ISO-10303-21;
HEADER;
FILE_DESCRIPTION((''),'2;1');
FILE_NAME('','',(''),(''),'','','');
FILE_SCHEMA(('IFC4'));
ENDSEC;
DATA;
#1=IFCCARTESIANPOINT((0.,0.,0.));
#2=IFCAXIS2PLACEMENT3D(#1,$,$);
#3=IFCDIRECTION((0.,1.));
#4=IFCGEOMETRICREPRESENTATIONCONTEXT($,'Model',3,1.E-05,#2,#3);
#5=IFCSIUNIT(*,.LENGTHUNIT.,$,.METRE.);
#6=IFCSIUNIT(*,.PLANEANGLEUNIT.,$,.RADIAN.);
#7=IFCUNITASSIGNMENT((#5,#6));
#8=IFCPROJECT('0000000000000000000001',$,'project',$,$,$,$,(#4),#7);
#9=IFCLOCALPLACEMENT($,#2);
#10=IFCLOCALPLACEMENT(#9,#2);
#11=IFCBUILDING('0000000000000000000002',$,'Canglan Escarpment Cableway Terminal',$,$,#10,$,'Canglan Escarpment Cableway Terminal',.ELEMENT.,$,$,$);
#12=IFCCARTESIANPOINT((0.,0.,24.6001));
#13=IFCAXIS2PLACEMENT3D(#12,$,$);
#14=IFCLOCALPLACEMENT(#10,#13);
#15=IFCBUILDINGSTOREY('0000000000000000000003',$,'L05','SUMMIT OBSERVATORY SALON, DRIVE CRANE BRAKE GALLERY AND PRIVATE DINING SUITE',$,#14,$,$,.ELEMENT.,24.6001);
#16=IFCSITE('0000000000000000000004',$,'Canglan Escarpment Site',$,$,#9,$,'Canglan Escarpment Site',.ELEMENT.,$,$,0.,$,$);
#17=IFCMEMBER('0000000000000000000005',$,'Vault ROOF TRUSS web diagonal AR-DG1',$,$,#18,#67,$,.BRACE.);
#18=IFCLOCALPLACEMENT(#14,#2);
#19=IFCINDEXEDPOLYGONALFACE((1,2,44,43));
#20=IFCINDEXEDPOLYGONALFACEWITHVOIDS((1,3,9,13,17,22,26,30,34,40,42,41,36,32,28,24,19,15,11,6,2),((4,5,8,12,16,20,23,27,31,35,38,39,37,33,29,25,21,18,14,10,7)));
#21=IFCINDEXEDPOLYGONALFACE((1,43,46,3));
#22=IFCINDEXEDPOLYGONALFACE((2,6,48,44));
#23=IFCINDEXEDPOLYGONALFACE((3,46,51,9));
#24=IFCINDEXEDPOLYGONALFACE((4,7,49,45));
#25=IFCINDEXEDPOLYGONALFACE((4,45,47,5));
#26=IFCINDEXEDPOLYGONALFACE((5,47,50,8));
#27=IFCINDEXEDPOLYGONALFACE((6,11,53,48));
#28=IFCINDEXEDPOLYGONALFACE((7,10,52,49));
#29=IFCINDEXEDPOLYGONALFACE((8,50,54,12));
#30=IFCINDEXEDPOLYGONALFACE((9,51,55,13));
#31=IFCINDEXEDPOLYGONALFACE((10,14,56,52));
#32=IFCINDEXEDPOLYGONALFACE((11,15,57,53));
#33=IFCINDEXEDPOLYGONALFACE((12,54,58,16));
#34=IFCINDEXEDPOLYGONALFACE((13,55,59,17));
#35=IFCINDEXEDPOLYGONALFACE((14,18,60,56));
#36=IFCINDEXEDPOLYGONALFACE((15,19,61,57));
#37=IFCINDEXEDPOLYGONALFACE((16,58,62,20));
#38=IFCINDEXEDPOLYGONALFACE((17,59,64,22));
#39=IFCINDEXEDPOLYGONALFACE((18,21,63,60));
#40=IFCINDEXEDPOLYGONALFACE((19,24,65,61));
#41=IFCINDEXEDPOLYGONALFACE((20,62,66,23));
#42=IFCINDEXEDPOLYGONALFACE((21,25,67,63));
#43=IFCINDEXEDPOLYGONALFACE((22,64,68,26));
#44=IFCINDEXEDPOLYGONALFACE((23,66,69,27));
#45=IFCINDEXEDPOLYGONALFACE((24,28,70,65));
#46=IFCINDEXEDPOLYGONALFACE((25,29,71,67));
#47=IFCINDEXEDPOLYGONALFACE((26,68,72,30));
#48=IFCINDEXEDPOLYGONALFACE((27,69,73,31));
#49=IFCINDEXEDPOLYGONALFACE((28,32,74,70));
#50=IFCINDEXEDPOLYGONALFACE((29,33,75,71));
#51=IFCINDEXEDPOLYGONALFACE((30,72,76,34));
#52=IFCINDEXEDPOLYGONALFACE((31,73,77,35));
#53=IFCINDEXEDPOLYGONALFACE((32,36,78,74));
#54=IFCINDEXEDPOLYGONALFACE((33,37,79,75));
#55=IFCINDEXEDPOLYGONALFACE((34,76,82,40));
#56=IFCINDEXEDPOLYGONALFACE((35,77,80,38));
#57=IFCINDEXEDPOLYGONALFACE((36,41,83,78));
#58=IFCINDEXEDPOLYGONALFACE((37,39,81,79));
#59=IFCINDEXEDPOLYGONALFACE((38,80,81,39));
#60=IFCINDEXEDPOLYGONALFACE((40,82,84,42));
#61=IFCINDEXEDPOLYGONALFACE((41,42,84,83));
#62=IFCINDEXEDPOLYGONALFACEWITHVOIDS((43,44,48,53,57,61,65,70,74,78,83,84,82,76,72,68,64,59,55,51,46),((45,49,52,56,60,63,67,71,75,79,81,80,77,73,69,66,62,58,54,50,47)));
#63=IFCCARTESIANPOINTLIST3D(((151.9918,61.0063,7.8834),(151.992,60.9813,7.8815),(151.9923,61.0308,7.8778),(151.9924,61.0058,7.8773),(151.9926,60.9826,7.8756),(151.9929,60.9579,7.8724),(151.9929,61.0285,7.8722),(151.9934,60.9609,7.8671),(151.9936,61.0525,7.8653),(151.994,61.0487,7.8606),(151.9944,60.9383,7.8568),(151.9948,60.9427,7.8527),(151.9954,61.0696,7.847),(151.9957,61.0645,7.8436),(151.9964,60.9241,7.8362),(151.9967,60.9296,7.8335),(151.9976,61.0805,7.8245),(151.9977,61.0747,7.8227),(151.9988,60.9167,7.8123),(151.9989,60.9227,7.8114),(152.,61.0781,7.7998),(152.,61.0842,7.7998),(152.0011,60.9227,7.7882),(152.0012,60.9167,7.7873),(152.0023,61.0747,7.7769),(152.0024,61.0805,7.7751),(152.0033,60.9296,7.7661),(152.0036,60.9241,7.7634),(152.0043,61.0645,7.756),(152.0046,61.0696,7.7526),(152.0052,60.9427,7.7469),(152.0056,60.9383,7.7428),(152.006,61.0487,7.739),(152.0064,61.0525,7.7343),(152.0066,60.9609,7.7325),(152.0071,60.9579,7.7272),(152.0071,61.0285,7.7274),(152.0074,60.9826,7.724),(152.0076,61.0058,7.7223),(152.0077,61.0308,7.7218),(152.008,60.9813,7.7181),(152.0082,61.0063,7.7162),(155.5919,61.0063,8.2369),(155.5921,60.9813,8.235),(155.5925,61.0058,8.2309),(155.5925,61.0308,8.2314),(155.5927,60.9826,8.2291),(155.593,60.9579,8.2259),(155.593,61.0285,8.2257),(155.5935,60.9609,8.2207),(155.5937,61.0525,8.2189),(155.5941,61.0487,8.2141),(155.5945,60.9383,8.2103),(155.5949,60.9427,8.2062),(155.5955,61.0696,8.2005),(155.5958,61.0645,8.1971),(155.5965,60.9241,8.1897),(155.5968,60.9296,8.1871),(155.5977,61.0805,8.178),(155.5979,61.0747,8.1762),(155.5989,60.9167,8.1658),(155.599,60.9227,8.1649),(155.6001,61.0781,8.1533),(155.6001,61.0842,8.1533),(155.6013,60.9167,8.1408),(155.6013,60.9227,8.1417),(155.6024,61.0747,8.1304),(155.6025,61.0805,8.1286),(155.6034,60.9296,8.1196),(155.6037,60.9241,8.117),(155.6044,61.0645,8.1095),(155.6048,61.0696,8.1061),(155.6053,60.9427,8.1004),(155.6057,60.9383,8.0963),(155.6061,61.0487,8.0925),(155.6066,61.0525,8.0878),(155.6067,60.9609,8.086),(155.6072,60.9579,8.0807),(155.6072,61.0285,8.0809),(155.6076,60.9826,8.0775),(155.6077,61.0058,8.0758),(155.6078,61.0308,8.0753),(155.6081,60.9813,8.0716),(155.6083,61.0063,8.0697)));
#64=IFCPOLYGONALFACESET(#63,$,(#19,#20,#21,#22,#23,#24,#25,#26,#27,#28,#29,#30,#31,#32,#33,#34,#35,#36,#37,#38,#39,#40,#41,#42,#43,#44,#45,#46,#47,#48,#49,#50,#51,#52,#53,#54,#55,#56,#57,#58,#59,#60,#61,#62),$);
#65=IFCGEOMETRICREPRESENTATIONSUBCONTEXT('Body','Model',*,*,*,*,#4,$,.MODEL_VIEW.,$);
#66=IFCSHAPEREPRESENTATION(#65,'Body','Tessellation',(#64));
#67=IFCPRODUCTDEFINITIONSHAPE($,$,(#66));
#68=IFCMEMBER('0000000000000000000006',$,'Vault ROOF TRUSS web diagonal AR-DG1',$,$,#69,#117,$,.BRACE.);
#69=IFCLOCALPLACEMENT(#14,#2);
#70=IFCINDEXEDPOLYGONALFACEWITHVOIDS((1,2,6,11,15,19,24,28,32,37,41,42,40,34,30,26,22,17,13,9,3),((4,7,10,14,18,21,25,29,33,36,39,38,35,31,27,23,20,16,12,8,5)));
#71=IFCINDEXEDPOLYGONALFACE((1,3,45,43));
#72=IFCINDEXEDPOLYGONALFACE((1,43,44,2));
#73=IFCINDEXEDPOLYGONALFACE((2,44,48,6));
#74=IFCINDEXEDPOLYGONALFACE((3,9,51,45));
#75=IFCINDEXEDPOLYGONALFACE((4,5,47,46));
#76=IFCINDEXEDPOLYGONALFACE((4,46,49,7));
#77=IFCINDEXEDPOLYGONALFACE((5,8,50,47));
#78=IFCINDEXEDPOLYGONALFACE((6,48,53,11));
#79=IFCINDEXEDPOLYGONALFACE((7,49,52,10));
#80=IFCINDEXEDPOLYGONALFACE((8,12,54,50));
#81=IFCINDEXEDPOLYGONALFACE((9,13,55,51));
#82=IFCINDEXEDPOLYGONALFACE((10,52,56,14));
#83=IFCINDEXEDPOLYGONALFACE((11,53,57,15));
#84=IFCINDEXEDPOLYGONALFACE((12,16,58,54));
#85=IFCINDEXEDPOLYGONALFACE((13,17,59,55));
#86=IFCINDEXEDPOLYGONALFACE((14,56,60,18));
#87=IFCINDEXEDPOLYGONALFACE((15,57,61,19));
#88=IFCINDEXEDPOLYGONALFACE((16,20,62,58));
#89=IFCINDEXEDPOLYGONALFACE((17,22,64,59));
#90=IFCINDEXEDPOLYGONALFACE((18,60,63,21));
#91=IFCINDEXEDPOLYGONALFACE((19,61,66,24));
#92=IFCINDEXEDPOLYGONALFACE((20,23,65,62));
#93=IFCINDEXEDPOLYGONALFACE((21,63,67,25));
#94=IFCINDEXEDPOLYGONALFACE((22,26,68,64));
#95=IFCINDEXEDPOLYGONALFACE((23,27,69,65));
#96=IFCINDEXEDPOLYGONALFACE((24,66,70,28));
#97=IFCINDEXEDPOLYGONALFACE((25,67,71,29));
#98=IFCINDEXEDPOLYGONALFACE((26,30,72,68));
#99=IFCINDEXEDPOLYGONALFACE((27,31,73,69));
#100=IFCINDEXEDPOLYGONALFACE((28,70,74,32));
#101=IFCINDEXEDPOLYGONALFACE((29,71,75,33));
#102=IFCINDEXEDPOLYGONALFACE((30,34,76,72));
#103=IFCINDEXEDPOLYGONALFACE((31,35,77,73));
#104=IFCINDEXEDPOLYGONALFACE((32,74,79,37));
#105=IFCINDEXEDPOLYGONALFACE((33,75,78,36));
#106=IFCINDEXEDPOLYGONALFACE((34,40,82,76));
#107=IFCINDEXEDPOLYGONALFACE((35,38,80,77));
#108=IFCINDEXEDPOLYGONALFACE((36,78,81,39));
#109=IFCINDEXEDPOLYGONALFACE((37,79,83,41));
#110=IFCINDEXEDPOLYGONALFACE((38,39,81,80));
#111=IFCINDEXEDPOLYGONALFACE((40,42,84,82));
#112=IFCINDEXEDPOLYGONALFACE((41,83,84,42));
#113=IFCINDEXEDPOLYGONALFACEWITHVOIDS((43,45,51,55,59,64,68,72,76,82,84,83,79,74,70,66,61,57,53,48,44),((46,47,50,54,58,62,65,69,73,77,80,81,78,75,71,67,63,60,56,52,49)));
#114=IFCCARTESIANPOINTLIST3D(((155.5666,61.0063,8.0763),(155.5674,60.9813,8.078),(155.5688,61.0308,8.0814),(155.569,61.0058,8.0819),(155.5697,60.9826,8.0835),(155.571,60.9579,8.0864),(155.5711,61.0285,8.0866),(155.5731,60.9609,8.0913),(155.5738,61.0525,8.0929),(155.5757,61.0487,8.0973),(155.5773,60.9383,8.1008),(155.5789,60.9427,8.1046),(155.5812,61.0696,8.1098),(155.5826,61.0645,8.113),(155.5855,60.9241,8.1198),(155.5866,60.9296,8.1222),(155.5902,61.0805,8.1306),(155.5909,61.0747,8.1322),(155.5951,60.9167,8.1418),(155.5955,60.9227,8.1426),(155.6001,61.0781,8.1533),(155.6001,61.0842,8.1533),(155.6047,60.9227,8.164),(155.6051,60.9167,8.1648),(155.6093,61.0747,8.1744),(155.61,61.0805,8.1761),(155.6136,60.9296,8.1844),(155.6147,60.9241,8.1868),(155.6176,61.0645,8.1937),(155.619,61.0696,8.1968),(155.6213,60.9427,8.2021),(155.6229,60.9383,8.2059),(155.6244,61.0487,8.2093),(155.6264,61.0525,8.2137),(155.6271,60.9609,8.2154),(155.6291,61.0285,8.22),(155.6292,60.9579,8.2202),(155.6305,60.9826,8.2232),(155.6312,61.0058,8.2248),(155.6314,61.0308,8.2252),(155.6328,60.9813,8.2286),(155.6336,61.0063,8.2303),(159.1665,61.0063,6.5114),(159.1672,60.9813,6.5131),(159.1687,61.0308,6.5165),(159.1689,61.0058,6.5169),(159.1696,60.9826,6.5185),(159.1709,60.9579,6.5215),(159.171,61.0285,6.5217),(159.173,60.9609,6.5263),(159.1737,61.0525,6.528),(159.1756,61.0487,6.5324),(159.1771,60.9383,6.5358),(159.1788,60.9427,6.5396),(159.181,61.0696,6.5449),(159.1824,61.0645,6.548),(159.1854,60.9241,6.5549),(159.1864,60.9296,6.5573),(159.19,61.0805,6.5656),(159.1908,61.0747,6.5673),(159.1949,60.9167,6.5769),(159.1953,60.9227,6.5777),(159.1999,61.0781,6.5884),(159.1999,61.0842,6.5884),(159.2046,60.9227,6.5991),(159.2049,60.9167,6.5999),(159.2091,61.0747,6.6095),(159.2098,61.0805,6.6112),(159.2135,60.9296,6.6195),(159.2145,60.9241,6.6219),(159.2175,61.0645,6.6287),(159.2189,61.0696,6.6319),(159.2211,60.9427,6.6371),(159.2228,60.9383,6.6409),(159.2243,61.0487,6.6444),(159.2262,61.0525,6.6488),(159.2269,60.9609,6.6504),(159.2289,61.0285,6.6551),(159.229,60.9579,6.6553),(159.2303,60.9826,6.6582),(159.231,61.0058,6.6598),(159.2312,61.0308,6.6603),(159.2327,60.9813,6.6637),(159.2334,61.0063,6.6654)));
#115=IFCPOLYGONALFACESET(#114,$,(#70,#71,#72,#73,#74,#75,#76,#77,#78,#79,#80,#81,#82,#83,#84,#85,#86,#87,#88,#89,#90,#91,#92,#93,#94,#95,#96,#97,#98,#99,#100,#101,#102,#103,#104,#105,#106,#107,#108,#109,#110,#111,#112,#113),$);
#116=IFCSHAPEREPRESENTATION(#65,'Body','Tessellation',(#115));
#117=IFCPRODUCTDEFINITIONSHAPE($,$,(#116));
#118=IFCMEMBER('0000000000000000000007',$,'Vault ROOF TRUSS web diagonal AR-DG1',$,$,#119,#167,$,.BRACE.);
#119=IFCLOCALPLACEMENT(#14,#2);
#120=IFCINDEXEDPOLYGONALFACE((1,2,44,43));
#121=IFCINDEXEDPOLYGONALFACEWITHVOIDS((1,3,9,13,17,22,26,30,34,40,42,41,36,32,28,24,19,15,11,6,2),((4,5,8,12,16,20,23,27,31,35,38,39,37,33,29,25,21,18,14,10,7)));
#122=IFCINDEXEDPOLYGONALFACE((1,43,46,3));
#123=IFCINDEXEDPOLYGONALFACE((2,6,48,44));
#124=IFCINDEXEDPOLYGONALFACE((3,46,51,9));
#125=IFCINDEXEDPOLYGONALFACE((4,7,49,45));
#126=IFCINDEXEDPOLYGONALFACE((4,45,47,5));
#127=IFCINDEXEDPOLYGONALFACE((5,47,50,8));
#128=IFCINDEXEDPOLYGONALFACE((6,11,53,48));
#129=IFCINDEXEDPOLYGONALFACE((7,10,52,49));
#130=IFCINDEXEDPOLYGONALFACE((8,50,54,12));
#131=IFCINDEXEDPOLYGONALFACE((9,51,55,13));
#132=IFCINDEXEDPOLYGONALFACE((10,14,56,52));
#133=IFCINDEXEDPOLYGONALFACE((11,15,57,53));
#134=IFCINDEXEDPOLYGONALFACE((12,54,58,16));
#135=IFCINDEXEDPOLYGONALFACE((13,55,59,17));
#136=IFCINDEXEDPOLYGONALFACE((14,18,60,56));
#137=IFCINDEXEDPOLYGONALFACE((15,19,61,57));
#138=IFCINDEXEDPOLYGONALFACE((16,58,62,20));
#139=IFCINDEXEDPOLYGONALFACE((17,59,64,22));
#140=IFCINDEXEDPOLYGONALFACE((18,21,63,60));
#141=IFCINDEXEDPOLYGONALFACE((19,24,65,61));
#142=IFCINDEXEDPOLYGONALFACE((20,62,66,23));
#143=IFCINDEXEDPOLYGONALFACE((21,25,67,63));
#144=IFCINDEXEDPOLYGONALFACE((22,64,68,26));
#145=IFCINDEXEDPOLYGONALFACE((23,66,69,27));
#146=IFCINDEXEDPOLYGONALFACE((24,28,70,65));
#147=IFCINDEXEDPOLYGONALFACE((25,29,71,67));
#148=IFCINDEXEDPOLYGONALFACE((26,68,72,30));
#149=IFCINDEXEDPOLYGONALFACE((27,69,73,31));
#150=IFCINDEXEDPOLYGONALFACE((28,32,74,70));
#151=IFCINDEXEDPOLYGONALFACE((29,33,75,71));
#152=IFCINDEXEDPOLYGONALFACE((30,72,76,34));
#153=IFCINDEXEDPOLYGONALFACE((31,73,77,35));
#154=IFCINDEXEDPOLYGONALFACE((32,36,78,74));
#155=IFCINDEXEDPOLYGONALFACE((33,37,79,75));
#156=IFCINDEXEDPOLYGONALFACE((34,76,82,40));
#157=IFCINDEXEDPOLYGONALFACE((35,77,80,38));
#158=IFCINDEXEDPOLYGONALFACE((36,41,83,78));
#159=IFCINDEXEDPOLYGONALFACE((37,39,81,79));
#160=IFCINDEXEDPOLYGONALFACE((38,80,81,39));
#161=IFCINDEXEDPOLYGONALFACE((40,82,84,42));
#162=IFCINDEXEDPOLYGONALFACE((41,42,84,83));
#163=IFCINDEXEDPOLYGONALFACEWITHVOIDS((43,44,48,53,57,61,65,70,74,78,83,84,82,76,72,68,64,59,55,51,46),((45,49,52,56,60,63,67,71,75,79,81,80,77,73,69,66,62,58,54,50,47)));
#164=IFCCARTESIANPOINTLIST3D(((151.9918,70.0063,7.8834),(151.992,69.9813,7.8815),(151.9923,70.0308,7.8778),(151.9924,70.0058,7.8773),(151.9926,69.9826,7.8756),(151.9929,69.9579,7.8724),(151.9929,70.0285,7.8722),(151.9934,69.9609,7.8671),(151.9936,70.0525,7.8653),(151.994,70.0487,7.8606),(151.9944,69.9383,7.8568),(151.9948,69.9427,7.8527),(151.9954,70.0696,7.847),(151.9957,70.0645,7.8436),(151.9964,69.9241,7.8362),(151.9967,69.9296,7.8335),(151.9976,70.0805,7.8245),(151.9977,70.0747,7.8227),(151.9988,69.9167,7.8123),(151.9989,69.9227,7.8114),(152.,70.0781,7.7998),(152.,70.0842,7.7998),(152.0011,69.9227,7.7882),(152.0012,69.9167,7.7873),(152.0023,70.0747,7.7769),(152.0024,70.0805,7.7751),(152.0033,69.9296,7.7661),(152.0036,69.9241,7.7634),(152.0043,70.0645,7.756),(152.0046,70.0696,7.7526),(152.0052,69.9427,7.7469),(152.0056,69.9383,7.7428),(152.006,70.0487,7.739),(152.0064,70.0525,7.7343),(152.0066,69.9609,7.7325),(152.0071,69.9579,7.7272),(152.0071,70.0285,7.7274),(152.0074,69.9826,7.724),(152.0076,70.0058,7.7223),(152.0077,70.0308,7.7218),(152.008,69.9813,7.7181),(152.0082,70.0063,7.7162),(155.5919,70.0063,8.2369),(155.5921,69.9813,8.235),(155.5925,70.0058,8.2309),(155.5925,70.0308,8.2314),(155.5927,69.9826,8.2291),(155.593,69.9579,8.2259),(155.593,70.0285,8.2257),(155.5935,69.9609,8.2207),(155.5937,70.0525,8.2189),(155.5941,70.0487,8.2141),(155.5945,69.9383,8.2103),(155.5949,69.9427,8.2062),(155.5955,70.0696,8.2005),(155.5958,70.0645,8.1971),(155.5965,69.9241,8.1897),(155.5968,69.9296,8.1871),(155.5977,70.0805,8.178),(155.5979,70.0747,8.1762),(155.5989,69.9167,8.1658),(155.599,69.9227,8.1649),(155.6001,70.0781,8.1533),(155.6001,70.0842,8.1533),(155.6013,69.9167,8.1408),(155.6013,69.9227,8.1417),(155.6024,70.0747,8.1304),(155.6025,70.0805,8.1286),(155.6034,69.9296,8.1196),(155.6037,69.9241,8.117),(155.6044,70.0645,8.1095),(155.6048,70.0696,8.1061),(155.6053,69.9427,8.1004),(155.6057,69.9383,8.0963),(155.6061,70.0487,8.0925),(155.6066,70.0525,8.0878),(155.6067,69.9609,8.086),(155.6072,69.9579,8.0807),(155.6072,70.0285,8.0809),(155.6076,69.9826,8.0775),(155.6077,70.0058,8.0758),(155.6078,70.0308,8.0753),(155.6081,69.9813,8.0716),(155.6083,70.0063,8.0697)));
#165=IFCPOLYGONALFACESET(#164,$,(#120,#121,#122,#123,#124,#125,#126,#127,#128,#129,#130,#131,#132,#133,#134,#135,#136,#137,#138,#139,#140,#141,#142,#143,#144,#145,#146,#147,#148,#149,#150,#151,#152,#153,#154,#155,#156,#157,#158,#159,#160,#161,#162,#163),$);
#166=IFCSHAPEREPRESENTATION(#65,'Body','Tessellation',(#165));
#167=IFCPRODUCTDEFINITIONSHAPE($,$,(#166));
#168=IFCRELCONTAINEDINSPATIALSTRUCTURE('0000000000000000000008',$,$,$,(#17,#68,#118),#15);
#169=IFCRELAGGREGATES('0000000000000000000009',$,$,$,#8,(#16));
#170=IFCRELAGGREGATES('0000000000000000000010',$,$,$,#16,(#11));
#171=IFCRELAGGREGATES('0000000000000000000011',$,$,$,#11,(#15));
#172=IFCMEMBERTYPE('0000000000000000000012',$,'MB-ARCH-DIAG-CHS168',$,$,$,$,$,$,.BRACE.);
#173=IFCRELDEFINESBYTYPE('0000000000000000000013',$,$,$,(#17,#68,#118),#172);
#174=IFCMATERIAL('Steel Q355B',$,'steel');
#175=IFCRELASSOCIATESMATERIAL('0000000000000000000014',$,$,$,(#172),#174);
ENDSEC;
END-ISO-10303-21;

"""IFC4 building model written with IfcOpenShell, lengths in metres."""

from ifc_helpers import new_model, si_unit, direction, frame, origin, origin_2d, place, context, subcontext, project, spatial, hollow_circle, extrude, material, material_profile, profile_set, type_object, element, save


model = new_model("IFC4")

# Units and contexts
model_context = context("Model", 3, precision=1e-05, world=origin(), true_north=direction((0.0, 1.0)))
body_context = subcontext(model_context, "Body", "Model", "MODEL_VIEW")
ifc_project = project(units=[si_unit("LENGTHUNIT", "METRE"), si_unit("PLANEANGLEUNIT", "RADIAN")], contexts=[model_context])

# Site, building, storey
site_placement = place(None, origin())
site = spatial("IfcSite", under=ifc_project, at=site_placement, Name="Canglan Escarpment Site", LongName="Canglan Escarpment Site", CompositionType="ELEMENT", RefElevation=0.0)
building_placement = place(site_placement, origin())
building = spatial("IfcBuilding", under=site, at=building_placement, Name="Canglan Escarpment Cableway Terminal", LongName="Canglan Escarpment Cableway Terminal", CompositionType="ELEMENT")
storey_placement = place(building_placement, frame((0.0, 0.0, 24.6001)))
storey = spatial("IfcBuildingStorey", under=building, at=storey_placement, Name="L05", Description="SUMMIT OBSERVATORY SALON, DRIVE CRANE BRAKE GALLERY AND PRIVATE DINING SUITE", CompositionType="ELEMENT", Elevation=24.6001)

# Shared definitions
ifc_material = material(Name="Steel Q355B", Category="steel")

# Members
ifc_material_profile_1 = material_profile(ifc_material, hollow_circle(Radius=0.0842, WallThickness=0.0061, at=origin_2d()), Name="CHS 168.3x6")
ifc_profile_set_1 = profile_set([ifc_material_profile_1], Name="Steel Q355B")
member_type_1 = type_object("IfcMemberType", Name="MB-ARCH-DIAG-CHS168", PredefinedType="BRACE", material=ifc_profile_set_1)
member_1_placement = place(storey_placement, frame((152.0, 61.0, 7.7998), z_axis=(0.995213, 0.0, 0.097726), x_axis=(0.0, 1.0, 0.0)))
element("IfcMember", 1, at=member_1_placement, inside=storey, type_object=member_type_1, Name="Vault ROOF TRUSS web diagonal AR-DG1", PredefinedType="BRACE", context=body_context, shape_type="SweptSolid", body=[
    extrude(hollow_circle(Radius=0.0842, WallThickness=0.0061, at=origin_2d()), origin(), (0.0, 0.0, 1.0), 3.6174),
])
member_2_placement = place(storey_placement, frame((155.6001, 61.0, 8.1533), z_axis=(0.91709, 0.0, -0.398681), x_axis=(0.0, 1.0, 0.0)))
element("IfcMember", 2, at=member_2_placement, inside=storey, type_object=member_type_1, Name="Vault ROOF TRUSS web diagonal AR-DG1", PredefinedType="BRACE", context=body_context, shape_type="SweptSolid", body=[
    extrude(hollow_circle(Radius=0.0842, WallThickness=0.0061, at=origin_2d()), origin(), (0.0, 0.0, 1.0), 3.9253),
])
member_3_placement = place(storey_placement, frame((152.0, 70.0, 7.7998), z_axis=(0.995213, 0.0, 0.097726), x_axis=(0.0, 1.0, 0.0)))
element("IfcMember", 3, at=member_3_placement, inside=storey, type_object=member_type_1, Name="Vault ROOF TRUSS web diagonal AR-DG1", PredefinedType="BRACE", context=body_context, shape_type="SweptSolid", body=[
    extrude(hollow_circle(Radius=0.0842, WallThickness=0.0061, at=origin_2d()), origin(), (0.0, 0.0, 1.0), 3.6174),
])

save(model, "model.ifc")
